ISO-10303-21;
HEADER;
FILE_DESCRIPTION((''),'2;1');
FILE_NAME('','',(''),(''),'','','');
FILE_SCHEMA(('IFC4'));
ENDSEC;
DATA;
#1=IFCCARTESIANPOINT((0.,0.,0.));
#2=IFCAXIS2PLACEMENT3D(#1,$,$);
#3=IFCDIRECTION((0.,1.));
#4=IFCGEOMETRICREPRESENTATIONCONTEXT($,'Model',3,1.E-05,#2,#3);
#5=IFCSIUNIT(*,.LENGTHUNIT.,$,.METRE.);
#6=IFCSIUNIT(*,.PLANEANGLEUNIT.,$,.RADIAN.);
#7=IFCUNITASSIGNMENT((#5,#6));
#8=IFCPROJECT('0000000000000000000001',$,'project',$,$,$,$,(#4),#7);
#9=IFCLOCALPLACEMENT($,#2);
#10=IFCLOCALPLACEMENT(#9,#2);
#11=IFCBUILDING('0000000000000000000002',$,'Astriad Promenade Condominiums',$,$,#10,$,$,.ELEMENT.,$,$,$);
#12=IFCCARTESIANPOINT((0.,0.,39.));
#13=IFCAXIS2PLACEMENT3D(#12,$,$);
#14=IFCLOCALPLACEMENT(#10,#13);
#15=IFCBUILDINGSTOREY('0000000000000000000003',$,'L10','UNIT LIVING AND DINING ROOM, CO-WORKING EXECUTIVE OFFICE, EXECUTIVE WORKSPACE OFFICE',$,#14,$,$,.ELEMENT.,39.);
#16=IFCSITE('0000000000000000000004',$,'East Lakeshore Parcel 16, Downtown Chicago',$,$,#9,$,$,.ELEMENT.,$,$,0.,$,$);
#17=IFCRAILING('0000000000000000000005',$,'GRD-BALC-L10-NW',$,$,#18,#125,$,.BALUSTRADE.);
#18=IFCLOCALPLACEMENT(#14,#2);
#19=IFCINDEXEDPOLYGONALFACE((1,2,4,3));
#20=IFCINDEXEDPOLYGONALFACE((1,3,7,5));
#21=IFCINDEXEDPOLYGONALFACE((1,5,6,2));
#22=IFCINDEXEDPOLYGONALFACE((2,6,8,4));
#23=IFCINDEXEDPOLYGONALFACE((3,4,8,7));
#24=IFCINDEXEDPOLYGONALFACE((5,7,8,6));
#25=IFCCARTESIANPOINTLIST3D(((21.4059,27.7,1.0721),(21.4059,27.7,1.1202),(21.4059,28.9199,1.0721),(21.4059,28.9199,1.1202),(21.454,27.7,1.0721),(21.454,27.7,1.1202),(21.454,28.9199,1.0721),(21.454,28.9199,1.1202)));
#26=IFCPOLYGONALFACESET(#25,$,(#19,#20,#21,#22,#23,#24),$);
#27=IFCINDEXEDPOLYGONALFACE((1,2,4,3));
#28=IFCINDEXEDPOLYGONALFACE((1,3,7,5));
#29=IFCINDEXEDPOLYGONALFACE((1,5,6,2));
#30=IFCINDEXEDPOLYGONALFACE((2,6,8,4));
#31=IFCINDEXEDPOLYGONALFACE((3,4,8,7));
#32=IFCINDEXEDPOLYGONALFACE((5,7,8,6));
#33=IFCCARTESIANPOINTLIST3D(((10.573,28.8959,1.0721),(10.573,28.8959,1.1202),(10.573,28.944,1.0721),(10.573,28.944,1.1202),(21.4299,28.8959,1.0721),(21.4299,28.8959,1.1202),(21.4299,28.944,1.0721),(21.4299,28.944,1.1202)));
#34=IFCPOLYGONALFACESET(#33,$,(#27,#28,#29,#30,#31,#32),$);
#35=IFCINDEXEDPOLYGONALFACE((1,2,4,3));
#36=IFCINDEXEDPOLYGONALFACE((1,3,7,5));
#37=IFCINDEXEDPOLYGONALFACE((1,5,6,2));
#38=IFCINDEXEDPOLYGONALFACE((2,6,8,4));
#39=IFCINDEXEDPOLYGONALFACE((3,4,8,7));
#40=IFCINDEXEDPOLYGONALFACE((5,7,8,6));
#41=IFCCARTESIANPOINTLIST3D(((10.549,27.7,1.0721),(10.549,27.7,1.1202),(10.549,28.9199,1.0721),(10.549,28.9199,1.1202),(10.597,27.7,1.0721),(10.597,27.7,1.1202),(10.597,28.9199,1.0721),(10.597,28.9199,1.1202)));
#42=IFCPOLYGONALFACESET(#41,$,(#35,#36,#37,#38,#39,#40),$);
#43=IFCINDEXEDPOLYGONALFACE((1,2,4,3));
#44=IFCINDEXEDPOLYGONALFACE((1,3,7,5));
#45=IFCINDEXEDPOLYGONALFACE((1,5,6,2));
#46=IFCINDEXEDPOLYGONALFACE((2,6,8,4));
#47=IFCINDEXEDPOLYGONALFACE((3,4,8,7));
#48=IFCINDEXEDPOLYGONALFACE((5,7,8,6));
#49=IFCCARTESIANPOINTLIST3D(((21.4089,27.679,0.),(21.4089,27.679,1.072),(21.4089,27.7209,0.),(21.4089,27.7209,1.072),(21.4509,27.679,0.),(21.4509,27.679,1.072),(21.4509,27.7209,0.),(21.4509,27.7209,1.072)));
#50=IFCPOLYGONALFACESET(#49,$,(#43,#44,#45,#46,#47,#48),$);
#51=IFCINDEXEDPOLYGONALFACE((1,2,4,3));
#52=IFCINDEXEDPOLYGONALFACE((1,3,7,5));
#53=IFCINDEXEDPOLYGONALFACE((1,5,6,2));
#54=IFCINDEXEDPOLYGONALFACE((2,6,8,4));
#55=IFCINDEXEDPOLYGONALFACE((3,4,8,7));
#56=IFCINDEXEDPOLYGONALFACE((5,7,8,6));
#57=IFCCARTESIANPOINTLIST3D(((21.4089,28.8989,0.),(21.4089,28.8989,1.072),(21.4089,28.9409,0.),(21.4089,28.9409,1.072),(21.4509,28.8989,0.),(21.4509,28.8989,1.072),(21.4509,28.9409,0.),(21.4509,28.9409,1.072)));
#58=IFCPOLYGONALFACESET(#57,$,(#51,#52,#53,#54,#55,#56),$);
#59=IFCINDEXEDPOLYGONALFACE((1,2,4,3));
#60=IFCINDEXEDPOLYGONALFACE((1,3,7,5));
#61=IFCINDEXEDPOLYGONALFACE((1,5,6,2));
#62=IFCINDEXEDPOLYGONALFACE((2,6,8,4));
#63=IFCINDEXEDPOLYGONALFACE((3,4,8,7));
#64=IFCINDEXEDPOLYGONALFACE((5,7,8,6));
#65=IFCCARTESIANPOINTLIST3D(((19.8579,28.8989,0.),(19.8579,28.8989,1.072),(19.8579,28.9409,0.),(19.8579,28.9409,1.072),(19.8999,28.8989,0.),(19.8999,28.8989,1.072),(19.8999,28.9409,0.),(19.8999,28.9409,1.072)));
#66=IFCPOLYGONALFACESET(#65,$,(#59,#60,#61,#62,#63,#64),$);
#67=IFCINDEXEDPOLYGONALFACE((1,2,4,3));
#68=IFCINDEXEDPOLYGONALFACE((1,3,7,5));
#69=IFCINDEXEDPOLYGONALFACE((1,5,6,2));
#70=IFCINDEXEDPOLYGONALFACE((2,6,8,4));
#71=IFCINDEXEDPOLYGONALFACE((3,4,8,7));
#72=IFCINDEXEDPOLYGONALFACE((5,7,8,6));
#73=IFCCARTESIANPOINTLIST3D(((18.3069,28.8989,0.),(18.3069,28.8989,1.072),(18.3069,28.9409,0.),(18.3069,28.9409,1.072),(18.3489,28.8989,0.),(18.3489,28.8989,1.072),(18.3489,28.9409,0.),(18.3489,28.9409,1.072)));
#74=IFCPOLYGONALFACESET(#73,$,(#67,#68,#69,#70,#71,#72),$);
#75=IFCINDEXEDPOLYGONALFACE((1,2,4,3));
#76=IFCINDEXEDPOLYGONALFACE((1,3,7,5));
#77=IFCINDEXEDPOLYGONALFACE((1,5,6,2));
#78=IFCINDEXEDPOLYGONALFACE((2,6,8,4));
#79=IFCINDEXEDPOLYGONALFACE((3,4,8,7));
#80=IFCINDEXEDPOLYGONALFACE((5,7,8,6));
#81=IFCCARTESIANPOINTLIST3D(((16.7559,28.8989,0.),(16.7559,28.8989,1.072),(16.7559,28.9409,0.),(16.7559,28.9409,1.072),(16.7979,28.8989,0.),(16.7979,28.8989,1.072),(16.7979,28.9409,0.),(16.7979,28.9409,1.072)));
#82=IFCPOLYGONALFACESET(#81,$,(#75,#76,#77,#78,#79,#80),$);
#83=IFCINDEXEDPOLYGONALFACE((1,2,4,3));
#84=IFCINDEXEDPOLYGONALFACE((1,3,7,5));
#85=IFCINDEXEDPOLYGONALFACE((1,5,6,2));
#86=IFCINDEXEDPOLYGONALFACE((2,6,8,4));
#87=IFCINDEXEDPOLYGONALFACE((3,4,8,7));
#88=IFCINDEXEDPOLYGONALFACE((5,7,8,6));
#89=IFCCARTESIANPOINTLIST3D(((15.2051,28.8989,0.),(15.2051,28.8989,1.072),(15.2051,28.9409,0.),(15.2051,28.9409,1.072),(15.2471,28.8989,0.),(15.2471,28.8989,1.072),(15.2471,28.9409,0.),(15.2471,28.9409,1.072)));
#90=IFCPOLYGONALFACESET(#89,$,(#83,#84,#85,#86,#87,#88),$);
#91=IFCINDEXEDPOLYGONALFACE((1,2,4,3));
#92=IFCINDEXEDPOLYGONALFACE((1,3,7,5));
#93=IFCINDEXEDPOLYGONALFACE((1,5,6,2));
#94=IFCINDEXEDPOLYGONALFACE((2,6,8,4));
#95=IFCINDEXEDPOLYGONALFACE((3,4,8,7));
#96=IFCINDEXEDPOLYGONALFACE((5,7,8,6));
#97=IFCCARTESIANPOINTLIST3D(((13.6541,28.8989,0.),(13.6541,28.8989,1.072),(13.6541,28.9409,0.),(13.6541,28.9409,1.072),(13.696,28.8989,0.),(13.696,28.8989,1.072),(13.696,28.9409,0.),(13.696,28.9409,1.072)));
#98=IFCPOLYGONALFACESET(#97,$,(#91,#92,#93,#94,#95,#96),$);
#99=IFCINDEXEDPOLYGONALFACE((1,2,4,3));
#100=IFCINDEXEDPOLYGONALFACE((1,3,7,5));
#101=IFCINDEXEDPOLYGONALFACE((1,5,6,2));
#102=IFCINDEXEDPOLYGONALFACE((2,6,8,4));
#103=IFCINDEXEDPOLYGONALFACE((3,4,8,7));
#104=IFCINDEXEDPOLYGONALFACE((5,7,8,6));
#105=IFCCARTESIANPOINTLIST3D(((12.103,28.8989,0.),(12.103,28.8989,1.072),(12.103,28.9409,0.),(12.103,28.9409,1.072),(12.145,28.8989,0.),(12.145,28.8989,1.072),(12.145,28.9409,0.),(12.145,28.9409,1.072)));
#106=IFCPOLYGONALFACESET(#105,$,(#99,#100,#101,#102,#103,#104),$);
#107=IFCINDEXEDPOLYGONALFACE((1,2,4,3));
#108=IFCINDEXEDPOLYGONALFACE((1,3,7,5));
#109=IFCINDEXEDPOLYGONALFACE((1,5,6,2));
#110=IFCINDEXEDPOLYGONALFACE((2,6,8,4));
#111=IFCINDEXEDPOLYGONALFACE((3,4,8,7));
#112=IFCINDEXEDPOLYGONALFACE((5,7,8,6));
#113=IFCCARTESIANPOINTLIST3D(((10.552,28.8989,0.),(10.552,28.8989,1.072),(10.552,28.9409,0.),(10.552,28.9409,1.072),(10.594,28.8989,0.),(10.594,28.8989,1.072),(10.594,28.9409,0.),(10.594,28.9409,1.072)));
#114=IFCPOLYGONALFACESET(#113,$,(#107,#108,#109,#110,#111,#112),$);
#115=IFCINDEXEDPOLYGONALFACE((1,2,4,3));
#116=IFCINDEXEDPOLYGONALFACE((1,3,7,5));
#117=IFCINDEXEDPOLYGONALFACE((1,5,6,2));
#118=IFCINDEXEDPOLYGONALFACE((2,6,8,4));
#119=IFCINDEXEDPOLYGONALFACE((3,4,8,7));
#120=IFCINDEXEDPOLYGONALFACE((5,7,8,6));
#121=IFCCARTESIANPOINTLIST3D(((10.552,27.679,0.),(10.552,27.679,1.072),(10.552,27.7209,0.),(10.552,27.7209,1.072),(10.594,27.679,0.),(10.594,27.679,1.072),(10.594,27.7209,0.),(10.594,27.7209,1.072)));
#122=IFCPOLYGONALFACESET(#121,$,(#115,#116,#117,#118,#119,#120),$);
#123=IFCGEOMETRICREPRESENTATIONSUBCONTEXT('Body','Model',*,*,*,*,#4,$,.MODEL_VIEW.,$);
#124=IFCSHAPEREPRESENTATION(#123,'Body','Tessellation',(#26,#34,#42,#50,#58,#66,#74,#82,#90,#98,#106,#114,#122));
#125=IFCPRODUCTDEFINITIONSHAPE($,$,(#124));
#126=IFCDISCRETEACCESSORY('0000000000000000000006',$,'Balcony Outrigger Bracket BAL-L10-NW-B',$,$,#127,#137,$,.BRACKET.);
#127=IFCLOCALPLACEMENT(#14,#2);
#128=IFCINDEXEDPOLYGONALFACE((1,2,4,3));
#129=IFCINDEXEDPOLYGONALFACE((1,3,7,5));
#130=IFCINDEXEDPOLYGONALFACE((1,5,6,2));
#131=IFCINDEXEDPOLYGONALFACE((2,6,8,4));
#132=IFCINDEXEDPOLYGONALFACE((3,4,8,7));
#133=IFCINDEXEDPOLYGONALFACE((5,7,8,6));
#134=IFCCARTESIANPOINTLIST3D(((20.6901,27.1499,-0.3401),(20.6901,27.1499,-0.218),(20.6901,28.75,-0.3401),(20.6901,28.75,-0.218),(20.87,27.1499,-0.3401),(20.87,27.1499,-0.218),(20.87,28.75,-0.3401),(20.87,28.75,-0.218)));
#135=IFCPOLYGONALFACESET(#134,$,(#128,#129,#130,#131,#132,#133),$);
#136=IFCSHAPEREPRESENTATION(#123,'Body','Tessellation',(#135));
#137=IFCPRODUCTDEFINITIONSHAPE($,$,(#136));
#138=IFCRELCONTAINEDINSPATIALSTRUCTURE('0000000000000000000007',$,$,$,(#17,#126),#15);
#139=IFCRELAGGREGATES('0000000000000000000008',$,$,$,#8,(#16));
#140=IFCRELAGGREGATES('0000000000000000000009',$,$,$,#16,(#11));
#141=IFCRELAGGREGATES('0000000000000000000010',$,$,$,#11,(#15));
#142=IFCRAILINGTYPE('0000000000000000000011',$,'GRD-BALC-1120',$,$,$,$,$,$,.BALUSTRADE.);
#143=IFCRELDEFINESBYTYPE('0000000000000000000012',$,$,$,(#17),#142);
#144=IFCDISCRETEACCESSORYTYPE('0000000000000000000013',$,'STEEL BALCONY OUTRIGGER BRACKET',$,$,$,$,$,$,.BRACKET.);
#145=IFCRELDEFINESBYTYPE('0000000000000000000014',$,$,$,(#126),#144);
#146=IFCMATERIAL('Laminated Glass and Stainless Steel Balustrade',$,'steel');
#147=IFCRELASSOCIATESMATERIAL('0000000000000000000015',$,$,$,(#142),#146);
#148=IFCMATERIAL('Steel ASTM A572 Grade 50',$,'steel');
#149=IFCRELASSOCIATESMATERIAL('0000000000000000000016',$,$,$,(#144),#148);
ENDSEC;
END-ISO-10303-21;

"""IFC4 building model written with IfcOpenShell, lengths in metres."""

from ifc_helpers import new_model, si_unit, direction, frame, origin, origin_2d, place, context, subcontext, project, spatial, rectangle, extrude, source, transform, mapped, material, type_object, type_shapes, element, save


model = new_model("IFC4")

# Units and contexts
model_context = context("Model", 3, precision=1e-05, world=origin(), true_north=direction((0.0, 1.0)))
body_context = subcontext(model_context, "Body", "Model", "MODEL_VIEW")
ifc_project = project(units=[si_unit("LENGTHUNIT", "METRE"), si_unit("PLANEANGLEUNIT", "RADIAN")], contexts=[model_context])

# Site, building, storey
site_placement = place(None, origin())
site = spatial("IfcSite", under=ifc_project, at=site_placement, Name="East Lakeshore Parcel 16, Downtown Chicago", CompositionType="ELEMENT", RefElevation=0.0)
building_placement = place(site_placement, origin())
building = spatial("IfcBuilding", under=site, at=building_placement, Name="Astriad Promenade Condominiums", CompositionType="ELEMENT")
storey_placement = place(building_placement, frame((0.0, 0.0, 39.0)))
storey = spatial("IfcBuildingStorey", under=building, at=storey_placement, Name="L10", Description="UNIT LIVING AND DINING ROOM, CO-WORKING EXECUTIVE OFFICE, EXECUTIVE WORKSPACE OFFICE", CompositionType="ELEMENT", Elevation=39.0)

# Railing
ifc_material_1 = material(Name="Laminated Glass and Stainless Steel Balustrade", Category="steel")
railing_type = type_object("IfcRailingType", Name="GRD-BALC-1120", PredefinedType="BALUSTRADE", material=ifc_material_1)
shared_shape_1 = source(origin(), body_context, "Body", "SweptSolid", [
    extrude(rectangle(XDim=0.0481, YDim=0.0481, at=origin_2d()), frame((0.0, 0.0, 1.0962), z_axis=(0.0, 1.0, 0.0), x_axis=(-1.0, 0.0, 0.0)), (0.0, 0.0, 1.0), 1.22),
    extrude(rectangle(XDim=0.0481, YDim=0.0481, at=origin_2d()), frame((0.0, 1.22, 1.0962), z_axis=(-1.0, 0.0, 0.0), x_axis=(0.0, -1.0, 0.0)), (0.0, 0.0, 1.0), 10.8569),
    extrude(rectangle(XDim=0.0481, YDim=0.0481, at=origin_2d()), frame((-10.8569, 1.22, 1.0962), z_axis=(0.0, -1.0, 0.0), x_axis=(1.0, 0.0, 0.0)), (0.0, 0.0, 1.0), 1.22),
    extrude(rectangle(XDim=0.042, YDim=0.042, at=origin_2d()), origin(), (0.0, 0.0, 1.0), 1.072),
    extrude(rectangle(XDim=0.042, YDim=0.042, at=origin_2d()), frame((0.0, 1.22, 0.0)), (0.0, 0.0, 1.0), 1.072),
    extrude(rectangle(XDim=0.042, YDim=0.042, at=origin_2d()), frame((-1.551, 1.22, 0.0)), (0.0, 0.0, 1.0), 1.072),
    extrude(rectangle(XDim=0.042, YDim=0.042, at=origin_2d()), frame((-3.1021, 1.22, 0.0)), (0.0, 0.0, 1.0), 1.072),
    extrude(rectangle(XDim=0.042, YDim=0.042, at=origin_2d()), frame((-4.6531, 1.22, 0.0)), (0.0, 0.0, 1.0), 1.072),
    extrude(rectangle(XDim=0.042, YDim=0.042, at=origin_2d()), frame((-6.2039, 1.22, 0.0)), (0.0, 0.0, 1.0), 1.072),
    extrude(rectangle(XDim=0.042, YDim=0.042, at=origin_2d()), frame((-7.7549, 1.22, 0.0)), (0.0, 0.0, 1.0), 1.072),
    extrude(rectangle(XDim=0.042, YDim=0.042, at=origin_2d()), frame((-9.3059, 1.22, 0.0)), (0.0, 0.0, 1.0), 1.072),
    extrude(rectangle(XDim=0.042, YDim=0.042, at=origin_2d()), frame((-10.8569, 1.22, 0.0)), (0.0, 0.0, 1.0), 1.072),
    extrude(rectangle(XDim=0.042, YDim=0.042, at=origin_2d()), frame((-10.8569, 0.0, 0.0)), (0.0, 0.0, 1.0), 1.072),
])
type_shapes(railing_type, [shared_shape_1])
railing_placement = place(storey_placement, frame((21.4299, 27.7, 0.0)))
element("IfcRailing", 1, at=railing_placement, inside=storey, type_object=railing_type, Name="GRD-BALC-L10-NW", PredefinedType="BALUSTRADE", context=body_context, shape_type="MappedRepresentation", body=[
    mapped(shared_shape_1, transform((0.0, 0.0, 0.0), scale=1.0)),
])

# Discrete accessory
ifc_material_2 = material(Name="Steel ASTM A572 Grade 50", Category="steel")
discrete_accessory_type = type_object("IfcDiscreteAccessoryType", Name="STEEL BALCONY OUTRIGGER BRACKET", PredefinedType="BRACKET", material=ifc_material_2)
shared_shape_2 = source(origin(), body_context, "Body", "SweptSolid", [
    extrude(rectangle(XDim=1.6001, YDim=0.1799, at=origin_2d()), origin(), (0.0, 0.0, 1.0), 0.1221),
])
type_shapes(discrete_accessory_type, [shared_shape_2])
discrete_accessory_placement = place(storey_placement, frame((20.78, 27.95, -0.3401), z_axis=(0.0, 0.0, 1.0), x_axis=(0.0, 1.0, 0.0)))
element("IfcDiscreteAccessory", 2, at=discrete_accessory_placement, inside=storey, type_object=discrete_accessory_type, Name="Balcony Outrigger Bracket BAL-L10-NW-B", PredefinedType="BRACKET", context=body_context, shape_type="MappedRepresentation", body=[
    mapped(shared_shape_2, transform((0.0, 0.0, 0.0), scale=1.0)),
])

save(model, "model.ifc")
